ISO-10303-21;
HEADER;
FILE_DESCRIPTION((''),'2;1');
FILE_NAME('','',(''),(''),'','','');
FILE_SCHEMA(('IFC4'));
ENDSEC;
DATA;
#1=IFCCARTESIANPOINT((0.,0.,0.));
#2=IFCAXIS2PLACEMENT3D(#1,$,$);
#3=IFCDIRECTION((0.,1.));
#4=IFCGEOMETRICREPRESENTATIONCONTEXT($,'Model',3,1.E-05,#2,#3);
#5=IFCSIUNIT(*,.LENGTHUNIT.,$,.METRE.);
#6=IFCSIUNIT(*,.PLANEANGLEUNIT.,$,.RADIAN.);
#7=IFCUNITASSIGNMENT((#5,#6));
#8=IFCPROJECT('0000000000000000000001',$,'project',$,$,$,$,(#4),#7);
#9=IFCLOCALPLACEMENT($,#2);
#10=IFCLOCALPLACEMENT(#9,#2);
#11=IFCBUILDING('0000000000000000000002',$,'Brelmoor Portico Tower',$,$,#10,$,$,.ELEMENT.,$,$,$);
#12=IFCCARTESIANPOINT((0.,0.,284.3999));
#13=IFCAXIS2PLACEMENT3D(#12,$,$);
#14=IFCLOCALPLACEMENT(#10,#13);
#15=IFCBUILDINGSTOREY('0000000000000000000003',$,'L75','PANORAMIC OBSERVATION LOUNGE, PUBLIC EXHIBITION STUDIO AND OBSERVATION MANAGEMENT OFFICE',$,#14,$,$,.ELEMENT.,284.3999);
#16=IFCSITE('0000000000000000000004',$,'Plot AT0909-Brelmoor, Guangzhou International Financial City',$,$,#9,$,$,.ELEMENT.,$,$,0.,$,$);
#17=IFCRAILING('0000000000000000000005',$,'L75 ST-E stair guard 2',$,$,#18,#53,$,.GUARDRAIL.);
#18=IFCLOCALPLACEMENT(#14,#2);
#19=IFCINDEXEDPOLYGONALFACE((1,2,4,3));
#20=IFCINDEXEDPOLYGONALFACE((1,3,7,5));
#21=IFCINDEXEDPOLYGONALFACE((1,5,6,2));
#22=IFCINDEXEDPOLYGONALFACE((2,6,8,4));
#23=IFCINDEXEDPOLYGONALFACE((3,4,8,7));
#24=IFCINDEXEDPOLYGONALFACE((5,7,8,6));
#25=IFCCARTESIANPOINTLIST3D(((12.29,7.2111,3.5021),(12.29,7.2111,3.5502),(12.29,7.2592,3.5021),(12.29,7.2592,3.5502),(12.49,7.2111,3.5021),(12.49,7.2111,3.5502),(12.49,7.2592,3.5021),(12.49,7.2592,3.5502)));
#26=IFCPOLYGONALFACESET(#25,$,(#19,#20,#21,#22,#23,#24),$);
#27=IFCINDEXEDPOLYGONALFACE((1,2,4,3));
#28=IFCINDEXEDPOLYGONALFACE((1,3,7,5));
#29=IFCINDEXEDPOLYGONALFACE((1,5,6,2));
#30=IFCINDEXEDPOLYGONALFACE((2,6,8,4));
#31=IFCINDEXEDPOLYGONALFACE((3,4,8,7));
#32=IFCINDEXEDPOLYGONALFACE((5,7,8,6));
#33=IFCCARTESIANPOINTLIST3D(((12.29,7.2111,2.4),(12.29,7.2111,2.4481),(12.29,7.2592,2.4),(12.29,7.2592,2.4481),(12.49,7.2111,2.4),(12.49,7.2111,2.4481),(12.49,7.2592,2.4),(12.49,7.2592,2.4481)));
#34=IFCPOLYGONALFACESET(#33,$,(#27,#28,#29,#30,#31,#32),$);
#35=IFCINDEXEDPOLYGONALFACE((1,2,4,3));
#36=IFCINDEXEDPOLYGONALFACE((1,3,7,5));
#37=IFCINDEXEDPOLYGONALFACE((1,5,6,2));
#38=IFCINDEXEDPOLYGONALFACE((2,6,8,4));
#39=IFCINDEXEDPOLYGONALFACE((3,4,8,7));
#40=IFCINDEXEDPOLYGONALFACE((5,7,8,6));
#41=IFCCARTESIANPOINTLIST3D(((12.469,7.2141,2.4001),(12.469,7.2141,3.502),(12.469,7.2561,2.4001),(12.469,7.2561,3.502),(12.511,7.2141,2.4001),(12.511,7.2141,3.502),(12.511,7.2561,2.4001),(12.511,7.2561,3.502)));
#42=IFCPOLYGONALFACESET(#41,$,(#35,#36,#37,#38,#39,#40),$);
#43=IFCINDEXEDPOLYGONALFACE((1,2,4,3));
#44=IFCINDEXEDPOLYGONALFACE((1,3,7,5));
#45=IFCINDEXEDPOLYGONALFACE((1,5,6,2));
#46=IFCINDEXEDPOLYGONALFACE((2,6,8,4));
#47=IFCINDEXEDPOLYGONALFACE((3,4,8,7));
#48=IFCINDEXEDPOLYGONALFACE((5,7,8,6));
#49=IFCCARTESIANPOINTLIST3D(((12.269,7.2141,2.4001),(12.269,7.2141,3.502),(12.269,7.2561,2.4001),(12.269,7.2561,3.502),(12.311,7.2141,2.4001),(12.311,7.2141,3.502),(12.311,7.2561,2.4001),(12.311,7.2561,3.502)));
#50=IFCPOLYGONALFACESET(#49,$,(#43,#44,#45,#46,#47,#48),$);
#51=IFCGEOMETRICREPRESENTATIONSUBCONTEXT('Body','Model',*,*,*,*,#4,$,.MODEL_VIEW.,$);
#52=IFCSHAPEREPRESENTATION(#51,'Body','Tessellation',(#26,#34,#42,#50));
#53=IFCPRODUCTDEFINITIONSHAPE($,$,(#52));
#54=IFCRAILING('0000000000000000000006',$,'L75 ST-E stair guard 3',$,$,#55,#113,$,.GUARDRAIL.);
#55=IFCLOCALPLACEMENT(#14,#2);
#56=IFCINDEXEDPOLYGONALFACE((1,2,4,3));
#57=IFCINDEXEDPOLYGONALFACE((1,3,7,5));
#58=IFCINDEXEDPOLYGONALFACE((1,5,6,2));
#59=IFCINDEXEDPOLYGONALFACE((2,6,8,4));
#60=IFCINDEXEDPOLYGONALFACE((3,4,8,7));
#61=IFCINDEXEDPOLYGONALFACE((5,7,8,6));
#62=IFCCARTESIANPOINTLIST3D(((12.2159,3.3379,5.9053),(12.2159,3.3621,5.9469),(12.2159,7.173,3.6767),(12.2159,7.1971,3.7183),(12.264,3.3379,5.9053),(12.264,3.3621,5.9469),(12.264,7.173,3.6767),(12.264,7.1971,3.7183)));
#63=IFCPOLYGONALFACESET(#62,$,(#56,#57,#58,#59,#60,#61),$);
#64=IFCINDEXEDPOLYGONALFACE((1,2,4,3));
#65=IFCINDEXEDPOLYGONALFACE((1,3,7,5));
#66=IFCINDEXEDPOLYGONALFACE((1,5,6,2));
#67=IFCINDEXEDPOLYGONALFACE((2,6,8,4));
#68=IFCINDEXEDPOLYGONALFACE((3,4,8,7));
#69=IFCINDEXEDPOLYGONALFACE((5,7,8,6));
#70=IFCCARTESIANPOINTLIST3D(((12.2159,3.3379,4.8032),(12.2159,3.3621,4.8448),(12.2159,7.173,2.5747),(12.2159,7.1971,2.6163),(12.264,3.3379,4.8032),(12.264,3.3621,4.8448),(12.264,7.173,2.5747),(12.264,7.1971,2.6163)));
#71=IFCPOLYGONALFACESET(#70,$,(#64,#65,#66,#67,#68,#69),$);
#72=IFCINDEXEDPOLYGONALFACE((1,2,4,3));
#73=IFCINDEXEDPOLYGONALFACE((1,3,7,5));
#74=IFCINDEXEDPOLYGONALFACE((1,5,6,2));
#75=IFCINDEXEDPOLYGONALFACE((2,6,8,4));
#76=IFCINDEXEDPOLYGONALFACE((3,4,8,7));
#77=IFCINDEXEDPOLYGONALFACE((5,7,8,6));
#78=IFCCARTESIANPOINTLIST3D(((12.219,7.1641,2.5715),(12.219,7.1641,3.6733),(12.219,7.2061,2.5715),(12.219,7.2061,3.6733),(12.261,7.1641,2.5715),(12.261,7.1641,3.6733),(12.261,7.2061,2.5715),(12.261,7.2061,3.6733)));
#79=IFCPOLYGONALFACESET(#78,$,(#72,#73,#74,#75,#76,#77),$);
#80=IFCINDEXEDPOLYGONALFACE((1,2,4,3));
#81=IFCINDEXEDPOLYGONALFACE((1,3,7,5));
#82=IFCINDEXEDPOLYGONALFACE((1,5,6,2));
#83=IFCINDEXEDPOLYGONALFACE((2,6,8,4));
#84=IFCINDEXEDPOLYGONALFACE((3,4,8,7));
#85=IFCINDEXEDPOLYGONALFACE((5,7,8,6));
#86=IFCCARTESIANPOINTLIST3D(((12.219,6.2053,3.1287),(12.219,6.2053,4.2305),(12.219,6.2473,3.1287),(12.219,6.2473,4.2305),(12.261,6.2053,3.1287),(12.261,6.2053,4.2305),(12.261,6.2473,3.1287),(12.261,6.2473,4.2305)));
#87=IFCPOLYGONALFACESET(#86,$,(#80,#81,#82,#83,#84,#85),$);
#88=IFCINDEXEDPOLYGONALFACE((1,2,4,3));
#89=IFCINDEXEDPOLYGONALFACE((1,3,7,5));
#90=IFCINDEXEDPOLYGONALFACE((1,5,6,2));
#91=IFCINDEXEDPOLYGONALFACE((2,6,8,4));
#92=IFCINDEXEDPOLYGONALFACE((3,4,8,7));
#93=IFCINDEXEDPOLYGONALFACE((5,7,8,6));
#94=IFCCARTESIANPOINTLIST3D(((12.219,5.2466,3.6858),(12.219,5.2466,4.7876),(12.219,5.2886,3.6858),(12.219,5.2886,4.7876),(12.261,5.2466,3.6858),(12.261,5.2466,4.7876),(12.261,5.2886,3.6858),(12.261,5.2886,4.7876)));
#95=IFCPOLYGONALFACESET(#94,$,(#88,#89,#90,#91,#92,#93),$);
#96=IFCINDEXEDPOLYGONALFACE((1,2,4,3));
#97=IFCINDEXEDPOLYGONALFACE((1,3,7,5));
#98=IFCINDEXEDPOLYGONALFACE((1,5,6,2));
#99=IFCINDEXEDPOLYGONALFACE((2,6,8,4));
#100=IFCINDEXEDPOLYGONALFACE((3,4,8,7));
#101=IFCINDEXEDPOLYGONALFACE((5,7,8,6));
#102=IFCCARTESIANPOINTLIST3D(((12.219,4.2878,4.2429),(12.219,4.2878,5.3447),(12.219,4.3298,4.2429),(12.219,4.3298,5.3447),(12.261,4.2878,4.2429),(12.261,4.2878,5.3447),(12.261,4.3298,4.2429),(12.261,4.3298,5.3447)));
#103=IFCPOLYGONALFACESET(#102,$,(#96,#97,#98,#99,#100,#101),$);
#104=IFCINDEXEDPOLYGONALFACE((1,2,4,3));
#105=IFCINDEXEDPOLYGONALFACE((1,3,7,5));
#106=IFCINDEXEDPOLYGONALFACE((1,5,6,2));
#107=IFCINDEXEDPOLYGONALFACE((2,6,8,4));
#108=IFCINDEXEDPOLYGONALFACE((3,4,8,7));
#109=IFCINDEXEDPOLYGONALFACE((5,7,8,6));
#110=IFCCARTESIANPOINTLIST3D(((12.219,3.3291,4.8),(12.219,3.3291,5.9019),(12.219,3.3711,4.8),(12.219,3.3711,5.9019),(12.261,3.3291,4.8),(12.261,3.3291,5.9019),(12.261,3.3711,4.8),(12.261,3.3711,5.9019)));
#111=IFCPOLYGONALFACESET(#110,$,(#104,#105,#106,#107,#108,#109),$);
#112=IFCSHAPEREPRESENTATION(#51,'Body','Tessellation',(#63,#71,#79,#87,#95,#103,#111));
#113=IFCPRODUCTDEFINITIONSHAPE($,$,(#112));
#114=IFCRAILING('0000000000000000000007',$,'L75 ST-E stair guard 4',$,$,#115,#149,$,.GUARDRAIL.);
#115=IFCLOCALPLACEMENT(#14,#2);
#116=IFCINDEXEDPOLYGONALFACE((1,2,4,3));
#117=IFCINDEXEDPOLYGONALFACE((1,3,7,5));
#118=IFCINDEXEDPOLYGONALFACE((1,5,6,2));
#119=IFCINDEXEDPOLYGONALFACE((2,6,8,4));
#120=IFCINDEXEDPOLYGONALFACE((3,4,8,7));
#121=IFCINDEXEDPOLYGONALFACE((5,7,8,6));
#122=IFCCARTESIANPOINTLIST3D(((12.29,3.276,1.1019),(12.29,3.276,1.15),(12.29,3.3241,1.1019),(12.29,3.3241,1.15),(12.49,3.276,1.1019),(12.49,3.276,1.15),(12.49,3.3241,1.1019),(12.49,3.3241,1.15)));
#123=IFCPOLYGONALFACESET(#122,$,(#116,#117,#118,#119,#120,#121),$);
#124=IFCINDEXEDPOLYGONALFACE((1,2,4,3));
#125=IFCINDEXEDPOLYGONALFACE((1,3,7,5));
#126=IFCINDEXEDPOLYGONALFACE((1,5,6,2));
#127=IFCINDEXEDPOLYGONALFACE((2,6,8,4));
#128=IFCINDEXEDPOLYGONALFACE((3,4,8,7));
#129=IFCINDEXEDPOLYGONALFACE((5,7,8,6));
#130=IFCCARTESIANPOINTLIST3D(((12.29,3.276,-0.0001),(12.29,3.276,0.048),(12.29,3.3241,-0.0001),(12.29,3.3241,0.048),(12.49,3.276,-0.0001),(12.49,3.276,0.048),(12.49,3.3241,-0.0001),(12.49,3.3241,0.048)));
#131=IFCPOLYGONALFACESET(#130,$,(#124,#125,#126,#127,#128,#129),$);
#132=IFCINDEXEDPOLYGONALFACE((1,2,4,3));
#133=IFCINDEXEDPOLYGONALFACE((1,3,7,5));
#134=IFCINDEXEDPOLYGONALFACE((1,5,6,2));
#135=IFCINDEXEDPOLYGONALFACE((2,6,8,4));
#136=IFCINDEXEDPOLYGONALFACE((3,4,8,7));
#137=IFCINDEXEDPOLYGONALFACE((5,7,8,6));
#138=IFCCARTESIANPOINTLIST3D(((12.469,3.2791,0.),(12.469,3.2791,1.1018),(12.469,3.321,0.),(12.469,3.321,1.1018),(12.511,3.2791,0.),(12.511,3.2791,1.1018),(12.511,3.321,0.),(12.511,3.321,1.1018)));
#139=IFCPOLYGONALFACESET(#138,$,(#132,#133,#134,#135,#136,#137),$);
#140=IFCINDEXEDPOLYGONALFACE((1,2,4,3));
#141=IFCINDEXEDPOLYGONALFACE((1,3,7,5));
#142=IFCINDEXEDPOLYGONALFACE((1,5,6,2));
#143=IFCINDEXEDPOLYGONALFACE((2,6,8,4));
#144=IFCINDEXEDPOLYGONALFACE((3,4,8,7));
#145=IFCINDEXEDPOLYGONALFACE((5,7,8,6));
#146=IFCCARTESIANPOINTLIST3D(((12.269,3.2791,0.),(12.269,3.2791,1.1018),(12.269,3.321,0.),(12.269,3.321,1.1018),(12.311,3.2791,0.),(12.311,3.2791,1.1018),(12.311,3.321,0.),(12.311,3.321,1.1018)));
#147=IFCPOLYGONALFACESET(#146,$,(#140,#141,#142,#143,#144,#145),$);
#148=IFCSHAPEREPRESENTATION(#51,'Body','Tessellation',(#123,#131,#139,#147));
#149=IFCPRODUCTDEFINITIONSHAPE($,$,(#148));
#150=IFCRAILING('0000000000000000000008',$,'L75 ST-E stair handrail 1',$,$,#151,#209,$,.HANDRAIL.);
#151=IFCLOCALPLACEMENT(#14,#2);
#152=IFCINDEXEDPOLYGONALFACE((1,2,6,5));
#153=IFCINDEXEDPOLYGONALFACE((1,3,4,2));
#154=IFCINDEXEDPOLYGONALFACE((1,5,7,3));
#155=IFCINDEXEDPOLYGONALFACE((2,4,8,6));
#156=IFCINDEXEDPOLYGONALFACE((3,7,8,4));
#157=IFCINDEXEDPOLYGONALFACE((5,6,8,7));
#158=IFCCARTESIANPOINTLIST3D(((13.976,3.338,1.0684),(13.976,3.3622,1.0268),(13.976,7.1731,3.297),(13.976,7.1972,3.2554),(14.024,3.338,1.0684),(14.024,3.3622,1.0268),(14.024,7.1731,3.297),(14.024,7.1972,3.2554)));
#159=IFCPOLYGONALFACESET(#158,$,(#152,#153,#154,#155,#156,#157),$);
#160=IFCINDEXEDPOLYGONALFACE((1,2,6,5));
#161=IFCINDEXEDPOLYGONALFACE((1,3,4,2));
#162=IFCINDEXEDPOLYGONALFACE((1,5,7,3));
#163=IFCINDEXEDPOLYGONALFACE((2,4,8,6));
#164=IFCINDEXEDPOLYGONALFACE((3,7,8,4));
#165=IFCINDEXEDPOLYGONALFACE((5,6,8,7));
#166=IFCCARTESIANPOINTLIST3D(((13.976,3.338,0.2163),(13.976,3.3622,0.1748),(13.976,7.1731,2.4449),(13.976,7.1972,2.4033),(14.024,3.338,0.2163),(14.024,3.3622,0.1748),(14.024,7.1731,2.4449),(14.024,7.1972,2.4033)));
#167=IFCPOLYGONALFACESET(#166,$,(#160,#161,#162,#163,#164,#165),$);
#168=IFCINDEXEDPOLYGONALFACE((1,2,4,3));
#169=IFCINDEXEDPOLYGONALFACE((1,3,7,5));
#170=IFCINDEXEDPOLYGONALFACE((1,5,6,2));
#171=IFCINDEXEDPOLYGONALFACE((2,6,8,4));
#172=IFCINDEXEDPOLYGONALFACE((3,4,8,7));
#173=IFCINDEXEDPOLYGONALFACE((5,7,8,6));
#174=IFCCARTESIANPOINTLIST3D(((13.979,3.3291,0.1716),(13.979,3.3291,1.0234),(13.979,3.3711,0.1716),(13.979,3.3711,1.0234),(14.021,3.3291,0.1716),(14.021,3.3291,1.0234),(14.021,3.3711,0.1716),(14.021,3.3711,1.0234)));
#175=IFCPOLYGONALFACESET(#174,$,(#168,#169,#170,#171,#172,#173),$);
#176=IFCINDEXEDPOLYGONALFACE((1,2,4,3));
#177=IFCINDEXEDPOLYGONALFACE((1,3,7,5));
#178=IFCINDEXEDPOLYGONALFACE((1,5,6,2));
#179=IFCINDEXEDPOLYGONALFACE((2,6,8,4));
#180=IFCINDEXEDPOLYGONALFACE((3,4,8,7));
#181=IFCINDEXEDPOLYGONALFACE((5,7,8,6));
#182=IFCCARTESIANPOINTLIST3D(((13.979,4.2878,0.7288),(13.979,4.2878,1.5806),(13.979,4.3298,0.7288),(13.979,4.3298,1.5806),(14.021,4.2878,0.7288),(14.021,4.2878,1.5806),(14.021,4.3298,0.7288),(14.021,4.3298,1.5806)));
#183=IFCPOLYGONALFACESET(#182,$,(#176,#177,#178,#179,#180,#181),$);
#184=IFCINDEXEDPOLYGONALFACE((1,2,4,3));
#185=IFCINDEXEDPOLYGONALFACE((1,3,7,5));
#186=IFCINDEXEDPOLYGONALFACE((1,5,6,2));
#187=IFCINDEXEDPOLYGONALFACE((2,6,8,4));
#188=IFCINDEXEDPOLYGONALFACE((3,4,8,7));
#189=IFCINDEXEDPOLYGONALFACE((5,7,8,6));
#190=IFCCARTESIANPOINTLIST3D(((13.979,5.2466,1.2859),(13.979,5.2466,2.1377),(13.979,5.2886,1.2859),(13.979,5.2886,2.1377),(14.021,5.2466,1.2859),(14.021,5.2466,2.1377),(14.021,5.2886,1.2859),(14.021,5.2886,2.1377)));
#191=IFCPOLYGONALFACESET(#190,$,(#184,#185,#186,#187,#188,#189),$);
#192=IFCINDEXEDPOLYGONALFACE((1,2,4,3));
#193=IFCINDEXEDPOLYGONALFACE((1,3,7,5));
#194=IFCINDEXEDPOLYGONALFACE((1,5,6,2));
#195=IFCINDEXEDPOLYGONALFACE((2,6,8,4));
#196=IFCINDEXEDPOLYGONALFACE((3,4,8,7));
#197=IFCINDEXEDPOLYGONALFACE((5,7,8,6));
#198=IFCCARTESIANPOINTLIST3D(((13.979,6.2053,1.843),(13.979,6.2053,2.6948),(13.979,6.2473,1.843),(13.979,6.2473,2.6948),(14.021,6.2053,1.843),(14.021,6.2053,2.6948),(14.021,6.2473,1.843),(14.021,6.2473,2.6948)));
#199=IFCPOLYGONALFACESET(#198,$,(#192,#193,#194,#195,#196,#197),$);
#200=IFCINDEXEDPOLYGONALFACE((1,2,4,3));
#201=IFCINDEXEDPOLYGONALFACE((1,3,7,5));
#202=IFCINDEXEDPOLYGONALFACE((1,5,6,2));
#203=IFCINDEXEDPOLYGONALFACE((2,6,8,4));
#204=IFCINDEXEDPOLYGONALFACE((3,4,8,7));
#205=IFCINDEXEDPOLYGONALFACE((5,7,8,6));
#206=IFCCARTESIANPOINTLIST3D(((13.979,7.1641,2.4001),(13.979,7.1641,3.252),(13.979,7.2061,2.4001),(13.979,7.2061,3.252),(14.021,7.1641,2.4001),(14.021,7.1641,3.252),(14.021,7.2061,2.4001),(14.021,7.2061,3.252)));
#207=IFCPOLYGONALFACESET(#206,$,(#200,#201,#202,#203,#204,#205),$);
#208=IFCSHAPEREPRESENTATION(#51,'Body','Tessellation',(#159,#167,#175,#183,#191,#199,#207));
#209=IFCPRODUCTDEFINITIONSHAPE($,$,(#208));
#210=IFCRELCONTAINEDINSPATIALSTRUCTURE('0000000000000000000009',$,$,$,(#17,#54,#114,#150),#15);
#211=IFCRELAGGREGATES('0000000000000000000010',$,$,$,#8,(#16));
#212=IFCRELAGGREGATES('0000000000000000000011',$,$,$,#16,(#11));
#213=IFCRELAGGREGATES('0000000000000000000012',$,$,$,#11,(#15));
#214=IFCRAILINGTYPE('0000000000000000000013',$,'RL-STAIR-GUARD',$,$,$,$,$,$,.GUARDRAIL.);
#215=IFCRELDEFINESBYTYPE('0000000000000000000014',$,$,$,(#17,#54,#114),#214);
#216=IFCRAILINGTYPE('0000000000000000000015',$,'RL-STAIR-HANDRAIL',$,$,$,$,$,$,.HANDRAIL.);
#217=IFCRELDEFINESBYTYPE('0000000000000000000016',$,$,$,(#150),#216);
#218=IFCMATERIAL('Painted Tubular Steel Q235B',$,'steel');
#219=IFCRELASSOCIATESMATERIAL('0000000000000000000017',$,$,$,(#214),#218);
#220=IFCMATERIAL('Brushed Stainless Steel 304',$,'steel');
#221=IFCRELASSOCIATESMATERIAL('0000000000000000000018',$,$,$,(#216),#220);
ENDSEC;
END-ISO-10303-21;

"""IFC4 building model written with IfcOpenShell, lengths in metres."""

from ifc_helpers import new_model, si_unit, direction, frame, origin, origin_2d, place, context, subcontext, project, spatial, rectangle, extrude, material, type_object, element, save


model = new_model("IFC4")

# Units and contexts
model_context = context("Model", 3, precision=1e-05, world=origin(), true_north=direction((0.0, 1.0)))
body_context = subcontext(model_context, "Body", "Model", "MODEL_VIEW")
ifc_project = project(units=[si_unit("LENGTHUNIT", "METRE"), si_unit("PLANEANGLEUNIT", "RADIAN")], contexts=[model_context])

# Site, building, storey
site_placement = place(None, origin())
site = spatial("IfcSite", under=ifc_project, at=site_placement, Name="Plot AT0909-Brelmoor, Guangzhou International Financial City", CompositionType="ELEMENT", RefElevation=0.0)
building_placement = place(site_placement, origin())
building = spatial("IfcBuilding", under=site, at=building_placement, Name="Brelmoor Portico Tower", CompositionType="ELEMENT")
storey_placement = place(building_placement, frame((0.0, 0.0, 284.3999)))
storey = spatial("IfcBuildingStorey", under=building, at=storey_placement, Name="L75", Description="PANORAMIC OBSERVATION LOUNGE, PUBLIC EXHIBITION STUDIO AND OBSERVATION MANAGEMENT OFFICE", CompositionType="ELEMENT", Elevation=284.3999)

# Railings
ifc_material_1 = material(Name="Painted Tubular Steel Q235B", Category="steel")
railing_type_1 = type_object("IfcRailingType", Name="RL-STAIR-GUARD", PredefinedType="GUARDRAIL", material=ifc_material_1)
railing_1_placement = place(storey_placement, frame((12.49, 7.2351, 2.4001)))
element("IfcRailing", 1, at=railing_1_placement, inside=storey, type_object=railing_type_1, Name="L75 ST-E stair guard 2", PredefinedType="GUARDRAIL", context=body_context, shape_type="SweptSolid", body=[
    extrude(rectangle(XDim=0.0481, YDim=0.0481, at=origin_2d()), frame((0.0, 0.0, 1.126), z_axis=(-1.0, 0.0, 0.0), x_axis=(0.0, -1.0, 0.0)), (0.0, 0.0, 1.0), 0.2),
    extrude(rectangle(XDim=0.0481, YDim=0.0481, at=origin_2d()), frame((0.0, 0.0, 0.0239), z_axis=(-1.0, 0.0, 0.0), x_axis=(0.0, -1.0, 0.0)), (0.0, 0.0, 1.0), 0.2),
    extrude(rectangle(XDim=0.042, YDim=0.042, at=origin_2d()), origin(), (0.0, 0.0, 1.0), 1.1018),
    extrude(rectangle(XDim=0.042, YDim=0.042, at=origin_2d()), frame((-0.2, 0.0, 0.0)), (0.0, 0.0, 1.0), 1.1018),
])
railing_2_placement = place(storey_placement, frame((12.24, 7.1851, 2.5715)))
element("IfcRailing", 2, at=railing_2_placement, inside=storey, type_object=railing_type_1, Name="L75 ST-E stair guard 3", PredefinedType="GUARDRAIL", context=body_context, shape_type="SweptSolid", body=[
    extrude(rectangle(XDim=0.0481, YDim=0.0481, at=origin_2d()), frame((0.0, 0.0, 1.126), z_axis=(0.0, -0.864616, 0.502433), x_axis=(1.0, 0.0, 0.0)), (0.0, 0.0, 1.0), 4.4355),
    extrude(rectangle(XDim=0.0481, YDim=0.0481, at=origin_2d()), frame((0.0, 0.0, 0.0239), z_axis=(0.0, -0.864616, 0.502433), x_axis=(1.0, 0.0, 0.0)), (0.0, 0.0, 1.0), 4.4355),
    extrude(rectangle(XDim=0.042, YDim=0.042, at=origin_2d()), origin(), (0.0, 0.0, 1.0), 1.1018),
    extrude(rectangle(XDim=0.042, YDim=0.042, at=origin_2d()), frame((0.0, -0.9587, 0.5571)), (0.0, 0.0, 1.0), 1.1018),
    extrude(rectangle(XDim=0.042, YDim=0.042, at=origin_2d()), frame((0.0, -1.9175, 1.1143)), (0.0, 0.0, 1.0), 1.1018),
    extrude(rectangle(XDim=0.042, YDim=0.042, at=origin_2d()), frame((0.0, -2.8762, 1.6714)), (0.0, 0.0, 1.0), 1.1018),
    extrude(rectangle(XDim=0.042, YDim=0.042, at=origin_2d()), frame((0.0, -3.835, 2.2285)), (0.0, 0.0, 1.0), 1.1018),
])
railing_3_placement = place(storey_placement, frame((12.49, 3.3, 0.0)))
element("IfcRailing", 3, at=railing_3_placement, inside=storey, type_object=railing_type_1, Name="L75 ST-E stair guard 4", PredefinedType="GUARDRAIL", context=body_context, shape_type="SweptSolid", body=[
    extrude(rectangle(XDim=0.0481, YDim=0.0481, at=origin_2d()), frame((0.0, 0.0, 1.126), z_axis=(-1.0, 0.0, 0.0), x_axis=(0.0, -1.0, 0.0)), (0.0, 0.0, 1.0), 0.2),
    extrude(rectangle(XDim=0.0481, YDim=0.0481, at=origin_2d()), frame((0.0, 0.0, 0.0239), z_axis=(-1.0, 0.0, 0.0), x_axis=(0.0, -1.0, 0.0)), (0.0, 0.0, 1.0), 0.2),
    extrude(rectangle(XDim=0.042, YDim=0.042, at=origin_2d()), origin(), (0.0, 0.0, 1.0), 1.1018),
    extrude(rectangle(XDim=0.042, YDim=0.042, at=origin_2d()), frame((-0.2, 0.0, 0.0)), (0.0, 0.0, 1.0), 1.1018),
])
ifc_material_2 = material(Name="Brushed Stainless Steel 304", Category="steel")
railing_type_2 = type_object("IfcRailingType", Name="RL-STAIR-HANDRAIL", PredefinedType="HANDRAIL", material=ifc_material_2)
railing_4_placement = place(storey_placement, frame((14.0, 3.3501, 0.1716)))
element("IfcRailing", 4, at=railing_4_placement, inside=storey, type_object=railing_type_2, Name="L75 ST-E stair handrail 1", PredefinedType="HANDRAIL", context=body_context, shape_type="SweptSolid", body=[
    extrude(rectangle(XDim=0.0481, YDim=0.0481, at=origin_2d()), frame((0.0, 0.0, 0.876), z_axis=(0.0, 0.864616, 0.502433), x_axis=(-1.0, 0.0, 0.0)), (0.0, 0.0, 1.0), 4.4355),
    extrude(rectangle(XDim=0.0481, YDim=0.0481, at=origin_2d()), frame((0.0, 0.0, 0.0239), z_axis=(0.0, 0.864616, 0.502433), x_axis=(-1.0, 0.0, 0.0)), (0.0, 0.0, 1.0), 4.4355),
    extrude(rectangle(XDim=0.042, YDim=0.042, at=origin_2d()), origin(), (0.0, 0.0, 1.0), 0.8518),
    extrude(rectangle(XDim=0.042, YDim=0.042, at=origin_2d()), frame((0.0, 0.9587, 0.5571)), (0.0, 0.0, 1.0), 0.8518),
    extrude(rectangle(XDim=0.042, YDim=0.042, at=origin_2d()), frame((0.0, 1.9175, 1.1143)), (0.0, 0.0, 1.0), 0.8518),
    extrude(rectangle(XDim=0.042, YDim=0.042, at=origin_2d()), frame((0.0, 2.8762, 1.6714)), (0.0, 0.0, 1.0), 0.8518),
    extrude(rectangle(XDim=0.042, YDim=0.042, at=origin_2d()), frame((0.0, 3.835, 2.2285)), (0.0, 0.0, 1.0), 0.8518),
])

save(model, "model.ifc")
